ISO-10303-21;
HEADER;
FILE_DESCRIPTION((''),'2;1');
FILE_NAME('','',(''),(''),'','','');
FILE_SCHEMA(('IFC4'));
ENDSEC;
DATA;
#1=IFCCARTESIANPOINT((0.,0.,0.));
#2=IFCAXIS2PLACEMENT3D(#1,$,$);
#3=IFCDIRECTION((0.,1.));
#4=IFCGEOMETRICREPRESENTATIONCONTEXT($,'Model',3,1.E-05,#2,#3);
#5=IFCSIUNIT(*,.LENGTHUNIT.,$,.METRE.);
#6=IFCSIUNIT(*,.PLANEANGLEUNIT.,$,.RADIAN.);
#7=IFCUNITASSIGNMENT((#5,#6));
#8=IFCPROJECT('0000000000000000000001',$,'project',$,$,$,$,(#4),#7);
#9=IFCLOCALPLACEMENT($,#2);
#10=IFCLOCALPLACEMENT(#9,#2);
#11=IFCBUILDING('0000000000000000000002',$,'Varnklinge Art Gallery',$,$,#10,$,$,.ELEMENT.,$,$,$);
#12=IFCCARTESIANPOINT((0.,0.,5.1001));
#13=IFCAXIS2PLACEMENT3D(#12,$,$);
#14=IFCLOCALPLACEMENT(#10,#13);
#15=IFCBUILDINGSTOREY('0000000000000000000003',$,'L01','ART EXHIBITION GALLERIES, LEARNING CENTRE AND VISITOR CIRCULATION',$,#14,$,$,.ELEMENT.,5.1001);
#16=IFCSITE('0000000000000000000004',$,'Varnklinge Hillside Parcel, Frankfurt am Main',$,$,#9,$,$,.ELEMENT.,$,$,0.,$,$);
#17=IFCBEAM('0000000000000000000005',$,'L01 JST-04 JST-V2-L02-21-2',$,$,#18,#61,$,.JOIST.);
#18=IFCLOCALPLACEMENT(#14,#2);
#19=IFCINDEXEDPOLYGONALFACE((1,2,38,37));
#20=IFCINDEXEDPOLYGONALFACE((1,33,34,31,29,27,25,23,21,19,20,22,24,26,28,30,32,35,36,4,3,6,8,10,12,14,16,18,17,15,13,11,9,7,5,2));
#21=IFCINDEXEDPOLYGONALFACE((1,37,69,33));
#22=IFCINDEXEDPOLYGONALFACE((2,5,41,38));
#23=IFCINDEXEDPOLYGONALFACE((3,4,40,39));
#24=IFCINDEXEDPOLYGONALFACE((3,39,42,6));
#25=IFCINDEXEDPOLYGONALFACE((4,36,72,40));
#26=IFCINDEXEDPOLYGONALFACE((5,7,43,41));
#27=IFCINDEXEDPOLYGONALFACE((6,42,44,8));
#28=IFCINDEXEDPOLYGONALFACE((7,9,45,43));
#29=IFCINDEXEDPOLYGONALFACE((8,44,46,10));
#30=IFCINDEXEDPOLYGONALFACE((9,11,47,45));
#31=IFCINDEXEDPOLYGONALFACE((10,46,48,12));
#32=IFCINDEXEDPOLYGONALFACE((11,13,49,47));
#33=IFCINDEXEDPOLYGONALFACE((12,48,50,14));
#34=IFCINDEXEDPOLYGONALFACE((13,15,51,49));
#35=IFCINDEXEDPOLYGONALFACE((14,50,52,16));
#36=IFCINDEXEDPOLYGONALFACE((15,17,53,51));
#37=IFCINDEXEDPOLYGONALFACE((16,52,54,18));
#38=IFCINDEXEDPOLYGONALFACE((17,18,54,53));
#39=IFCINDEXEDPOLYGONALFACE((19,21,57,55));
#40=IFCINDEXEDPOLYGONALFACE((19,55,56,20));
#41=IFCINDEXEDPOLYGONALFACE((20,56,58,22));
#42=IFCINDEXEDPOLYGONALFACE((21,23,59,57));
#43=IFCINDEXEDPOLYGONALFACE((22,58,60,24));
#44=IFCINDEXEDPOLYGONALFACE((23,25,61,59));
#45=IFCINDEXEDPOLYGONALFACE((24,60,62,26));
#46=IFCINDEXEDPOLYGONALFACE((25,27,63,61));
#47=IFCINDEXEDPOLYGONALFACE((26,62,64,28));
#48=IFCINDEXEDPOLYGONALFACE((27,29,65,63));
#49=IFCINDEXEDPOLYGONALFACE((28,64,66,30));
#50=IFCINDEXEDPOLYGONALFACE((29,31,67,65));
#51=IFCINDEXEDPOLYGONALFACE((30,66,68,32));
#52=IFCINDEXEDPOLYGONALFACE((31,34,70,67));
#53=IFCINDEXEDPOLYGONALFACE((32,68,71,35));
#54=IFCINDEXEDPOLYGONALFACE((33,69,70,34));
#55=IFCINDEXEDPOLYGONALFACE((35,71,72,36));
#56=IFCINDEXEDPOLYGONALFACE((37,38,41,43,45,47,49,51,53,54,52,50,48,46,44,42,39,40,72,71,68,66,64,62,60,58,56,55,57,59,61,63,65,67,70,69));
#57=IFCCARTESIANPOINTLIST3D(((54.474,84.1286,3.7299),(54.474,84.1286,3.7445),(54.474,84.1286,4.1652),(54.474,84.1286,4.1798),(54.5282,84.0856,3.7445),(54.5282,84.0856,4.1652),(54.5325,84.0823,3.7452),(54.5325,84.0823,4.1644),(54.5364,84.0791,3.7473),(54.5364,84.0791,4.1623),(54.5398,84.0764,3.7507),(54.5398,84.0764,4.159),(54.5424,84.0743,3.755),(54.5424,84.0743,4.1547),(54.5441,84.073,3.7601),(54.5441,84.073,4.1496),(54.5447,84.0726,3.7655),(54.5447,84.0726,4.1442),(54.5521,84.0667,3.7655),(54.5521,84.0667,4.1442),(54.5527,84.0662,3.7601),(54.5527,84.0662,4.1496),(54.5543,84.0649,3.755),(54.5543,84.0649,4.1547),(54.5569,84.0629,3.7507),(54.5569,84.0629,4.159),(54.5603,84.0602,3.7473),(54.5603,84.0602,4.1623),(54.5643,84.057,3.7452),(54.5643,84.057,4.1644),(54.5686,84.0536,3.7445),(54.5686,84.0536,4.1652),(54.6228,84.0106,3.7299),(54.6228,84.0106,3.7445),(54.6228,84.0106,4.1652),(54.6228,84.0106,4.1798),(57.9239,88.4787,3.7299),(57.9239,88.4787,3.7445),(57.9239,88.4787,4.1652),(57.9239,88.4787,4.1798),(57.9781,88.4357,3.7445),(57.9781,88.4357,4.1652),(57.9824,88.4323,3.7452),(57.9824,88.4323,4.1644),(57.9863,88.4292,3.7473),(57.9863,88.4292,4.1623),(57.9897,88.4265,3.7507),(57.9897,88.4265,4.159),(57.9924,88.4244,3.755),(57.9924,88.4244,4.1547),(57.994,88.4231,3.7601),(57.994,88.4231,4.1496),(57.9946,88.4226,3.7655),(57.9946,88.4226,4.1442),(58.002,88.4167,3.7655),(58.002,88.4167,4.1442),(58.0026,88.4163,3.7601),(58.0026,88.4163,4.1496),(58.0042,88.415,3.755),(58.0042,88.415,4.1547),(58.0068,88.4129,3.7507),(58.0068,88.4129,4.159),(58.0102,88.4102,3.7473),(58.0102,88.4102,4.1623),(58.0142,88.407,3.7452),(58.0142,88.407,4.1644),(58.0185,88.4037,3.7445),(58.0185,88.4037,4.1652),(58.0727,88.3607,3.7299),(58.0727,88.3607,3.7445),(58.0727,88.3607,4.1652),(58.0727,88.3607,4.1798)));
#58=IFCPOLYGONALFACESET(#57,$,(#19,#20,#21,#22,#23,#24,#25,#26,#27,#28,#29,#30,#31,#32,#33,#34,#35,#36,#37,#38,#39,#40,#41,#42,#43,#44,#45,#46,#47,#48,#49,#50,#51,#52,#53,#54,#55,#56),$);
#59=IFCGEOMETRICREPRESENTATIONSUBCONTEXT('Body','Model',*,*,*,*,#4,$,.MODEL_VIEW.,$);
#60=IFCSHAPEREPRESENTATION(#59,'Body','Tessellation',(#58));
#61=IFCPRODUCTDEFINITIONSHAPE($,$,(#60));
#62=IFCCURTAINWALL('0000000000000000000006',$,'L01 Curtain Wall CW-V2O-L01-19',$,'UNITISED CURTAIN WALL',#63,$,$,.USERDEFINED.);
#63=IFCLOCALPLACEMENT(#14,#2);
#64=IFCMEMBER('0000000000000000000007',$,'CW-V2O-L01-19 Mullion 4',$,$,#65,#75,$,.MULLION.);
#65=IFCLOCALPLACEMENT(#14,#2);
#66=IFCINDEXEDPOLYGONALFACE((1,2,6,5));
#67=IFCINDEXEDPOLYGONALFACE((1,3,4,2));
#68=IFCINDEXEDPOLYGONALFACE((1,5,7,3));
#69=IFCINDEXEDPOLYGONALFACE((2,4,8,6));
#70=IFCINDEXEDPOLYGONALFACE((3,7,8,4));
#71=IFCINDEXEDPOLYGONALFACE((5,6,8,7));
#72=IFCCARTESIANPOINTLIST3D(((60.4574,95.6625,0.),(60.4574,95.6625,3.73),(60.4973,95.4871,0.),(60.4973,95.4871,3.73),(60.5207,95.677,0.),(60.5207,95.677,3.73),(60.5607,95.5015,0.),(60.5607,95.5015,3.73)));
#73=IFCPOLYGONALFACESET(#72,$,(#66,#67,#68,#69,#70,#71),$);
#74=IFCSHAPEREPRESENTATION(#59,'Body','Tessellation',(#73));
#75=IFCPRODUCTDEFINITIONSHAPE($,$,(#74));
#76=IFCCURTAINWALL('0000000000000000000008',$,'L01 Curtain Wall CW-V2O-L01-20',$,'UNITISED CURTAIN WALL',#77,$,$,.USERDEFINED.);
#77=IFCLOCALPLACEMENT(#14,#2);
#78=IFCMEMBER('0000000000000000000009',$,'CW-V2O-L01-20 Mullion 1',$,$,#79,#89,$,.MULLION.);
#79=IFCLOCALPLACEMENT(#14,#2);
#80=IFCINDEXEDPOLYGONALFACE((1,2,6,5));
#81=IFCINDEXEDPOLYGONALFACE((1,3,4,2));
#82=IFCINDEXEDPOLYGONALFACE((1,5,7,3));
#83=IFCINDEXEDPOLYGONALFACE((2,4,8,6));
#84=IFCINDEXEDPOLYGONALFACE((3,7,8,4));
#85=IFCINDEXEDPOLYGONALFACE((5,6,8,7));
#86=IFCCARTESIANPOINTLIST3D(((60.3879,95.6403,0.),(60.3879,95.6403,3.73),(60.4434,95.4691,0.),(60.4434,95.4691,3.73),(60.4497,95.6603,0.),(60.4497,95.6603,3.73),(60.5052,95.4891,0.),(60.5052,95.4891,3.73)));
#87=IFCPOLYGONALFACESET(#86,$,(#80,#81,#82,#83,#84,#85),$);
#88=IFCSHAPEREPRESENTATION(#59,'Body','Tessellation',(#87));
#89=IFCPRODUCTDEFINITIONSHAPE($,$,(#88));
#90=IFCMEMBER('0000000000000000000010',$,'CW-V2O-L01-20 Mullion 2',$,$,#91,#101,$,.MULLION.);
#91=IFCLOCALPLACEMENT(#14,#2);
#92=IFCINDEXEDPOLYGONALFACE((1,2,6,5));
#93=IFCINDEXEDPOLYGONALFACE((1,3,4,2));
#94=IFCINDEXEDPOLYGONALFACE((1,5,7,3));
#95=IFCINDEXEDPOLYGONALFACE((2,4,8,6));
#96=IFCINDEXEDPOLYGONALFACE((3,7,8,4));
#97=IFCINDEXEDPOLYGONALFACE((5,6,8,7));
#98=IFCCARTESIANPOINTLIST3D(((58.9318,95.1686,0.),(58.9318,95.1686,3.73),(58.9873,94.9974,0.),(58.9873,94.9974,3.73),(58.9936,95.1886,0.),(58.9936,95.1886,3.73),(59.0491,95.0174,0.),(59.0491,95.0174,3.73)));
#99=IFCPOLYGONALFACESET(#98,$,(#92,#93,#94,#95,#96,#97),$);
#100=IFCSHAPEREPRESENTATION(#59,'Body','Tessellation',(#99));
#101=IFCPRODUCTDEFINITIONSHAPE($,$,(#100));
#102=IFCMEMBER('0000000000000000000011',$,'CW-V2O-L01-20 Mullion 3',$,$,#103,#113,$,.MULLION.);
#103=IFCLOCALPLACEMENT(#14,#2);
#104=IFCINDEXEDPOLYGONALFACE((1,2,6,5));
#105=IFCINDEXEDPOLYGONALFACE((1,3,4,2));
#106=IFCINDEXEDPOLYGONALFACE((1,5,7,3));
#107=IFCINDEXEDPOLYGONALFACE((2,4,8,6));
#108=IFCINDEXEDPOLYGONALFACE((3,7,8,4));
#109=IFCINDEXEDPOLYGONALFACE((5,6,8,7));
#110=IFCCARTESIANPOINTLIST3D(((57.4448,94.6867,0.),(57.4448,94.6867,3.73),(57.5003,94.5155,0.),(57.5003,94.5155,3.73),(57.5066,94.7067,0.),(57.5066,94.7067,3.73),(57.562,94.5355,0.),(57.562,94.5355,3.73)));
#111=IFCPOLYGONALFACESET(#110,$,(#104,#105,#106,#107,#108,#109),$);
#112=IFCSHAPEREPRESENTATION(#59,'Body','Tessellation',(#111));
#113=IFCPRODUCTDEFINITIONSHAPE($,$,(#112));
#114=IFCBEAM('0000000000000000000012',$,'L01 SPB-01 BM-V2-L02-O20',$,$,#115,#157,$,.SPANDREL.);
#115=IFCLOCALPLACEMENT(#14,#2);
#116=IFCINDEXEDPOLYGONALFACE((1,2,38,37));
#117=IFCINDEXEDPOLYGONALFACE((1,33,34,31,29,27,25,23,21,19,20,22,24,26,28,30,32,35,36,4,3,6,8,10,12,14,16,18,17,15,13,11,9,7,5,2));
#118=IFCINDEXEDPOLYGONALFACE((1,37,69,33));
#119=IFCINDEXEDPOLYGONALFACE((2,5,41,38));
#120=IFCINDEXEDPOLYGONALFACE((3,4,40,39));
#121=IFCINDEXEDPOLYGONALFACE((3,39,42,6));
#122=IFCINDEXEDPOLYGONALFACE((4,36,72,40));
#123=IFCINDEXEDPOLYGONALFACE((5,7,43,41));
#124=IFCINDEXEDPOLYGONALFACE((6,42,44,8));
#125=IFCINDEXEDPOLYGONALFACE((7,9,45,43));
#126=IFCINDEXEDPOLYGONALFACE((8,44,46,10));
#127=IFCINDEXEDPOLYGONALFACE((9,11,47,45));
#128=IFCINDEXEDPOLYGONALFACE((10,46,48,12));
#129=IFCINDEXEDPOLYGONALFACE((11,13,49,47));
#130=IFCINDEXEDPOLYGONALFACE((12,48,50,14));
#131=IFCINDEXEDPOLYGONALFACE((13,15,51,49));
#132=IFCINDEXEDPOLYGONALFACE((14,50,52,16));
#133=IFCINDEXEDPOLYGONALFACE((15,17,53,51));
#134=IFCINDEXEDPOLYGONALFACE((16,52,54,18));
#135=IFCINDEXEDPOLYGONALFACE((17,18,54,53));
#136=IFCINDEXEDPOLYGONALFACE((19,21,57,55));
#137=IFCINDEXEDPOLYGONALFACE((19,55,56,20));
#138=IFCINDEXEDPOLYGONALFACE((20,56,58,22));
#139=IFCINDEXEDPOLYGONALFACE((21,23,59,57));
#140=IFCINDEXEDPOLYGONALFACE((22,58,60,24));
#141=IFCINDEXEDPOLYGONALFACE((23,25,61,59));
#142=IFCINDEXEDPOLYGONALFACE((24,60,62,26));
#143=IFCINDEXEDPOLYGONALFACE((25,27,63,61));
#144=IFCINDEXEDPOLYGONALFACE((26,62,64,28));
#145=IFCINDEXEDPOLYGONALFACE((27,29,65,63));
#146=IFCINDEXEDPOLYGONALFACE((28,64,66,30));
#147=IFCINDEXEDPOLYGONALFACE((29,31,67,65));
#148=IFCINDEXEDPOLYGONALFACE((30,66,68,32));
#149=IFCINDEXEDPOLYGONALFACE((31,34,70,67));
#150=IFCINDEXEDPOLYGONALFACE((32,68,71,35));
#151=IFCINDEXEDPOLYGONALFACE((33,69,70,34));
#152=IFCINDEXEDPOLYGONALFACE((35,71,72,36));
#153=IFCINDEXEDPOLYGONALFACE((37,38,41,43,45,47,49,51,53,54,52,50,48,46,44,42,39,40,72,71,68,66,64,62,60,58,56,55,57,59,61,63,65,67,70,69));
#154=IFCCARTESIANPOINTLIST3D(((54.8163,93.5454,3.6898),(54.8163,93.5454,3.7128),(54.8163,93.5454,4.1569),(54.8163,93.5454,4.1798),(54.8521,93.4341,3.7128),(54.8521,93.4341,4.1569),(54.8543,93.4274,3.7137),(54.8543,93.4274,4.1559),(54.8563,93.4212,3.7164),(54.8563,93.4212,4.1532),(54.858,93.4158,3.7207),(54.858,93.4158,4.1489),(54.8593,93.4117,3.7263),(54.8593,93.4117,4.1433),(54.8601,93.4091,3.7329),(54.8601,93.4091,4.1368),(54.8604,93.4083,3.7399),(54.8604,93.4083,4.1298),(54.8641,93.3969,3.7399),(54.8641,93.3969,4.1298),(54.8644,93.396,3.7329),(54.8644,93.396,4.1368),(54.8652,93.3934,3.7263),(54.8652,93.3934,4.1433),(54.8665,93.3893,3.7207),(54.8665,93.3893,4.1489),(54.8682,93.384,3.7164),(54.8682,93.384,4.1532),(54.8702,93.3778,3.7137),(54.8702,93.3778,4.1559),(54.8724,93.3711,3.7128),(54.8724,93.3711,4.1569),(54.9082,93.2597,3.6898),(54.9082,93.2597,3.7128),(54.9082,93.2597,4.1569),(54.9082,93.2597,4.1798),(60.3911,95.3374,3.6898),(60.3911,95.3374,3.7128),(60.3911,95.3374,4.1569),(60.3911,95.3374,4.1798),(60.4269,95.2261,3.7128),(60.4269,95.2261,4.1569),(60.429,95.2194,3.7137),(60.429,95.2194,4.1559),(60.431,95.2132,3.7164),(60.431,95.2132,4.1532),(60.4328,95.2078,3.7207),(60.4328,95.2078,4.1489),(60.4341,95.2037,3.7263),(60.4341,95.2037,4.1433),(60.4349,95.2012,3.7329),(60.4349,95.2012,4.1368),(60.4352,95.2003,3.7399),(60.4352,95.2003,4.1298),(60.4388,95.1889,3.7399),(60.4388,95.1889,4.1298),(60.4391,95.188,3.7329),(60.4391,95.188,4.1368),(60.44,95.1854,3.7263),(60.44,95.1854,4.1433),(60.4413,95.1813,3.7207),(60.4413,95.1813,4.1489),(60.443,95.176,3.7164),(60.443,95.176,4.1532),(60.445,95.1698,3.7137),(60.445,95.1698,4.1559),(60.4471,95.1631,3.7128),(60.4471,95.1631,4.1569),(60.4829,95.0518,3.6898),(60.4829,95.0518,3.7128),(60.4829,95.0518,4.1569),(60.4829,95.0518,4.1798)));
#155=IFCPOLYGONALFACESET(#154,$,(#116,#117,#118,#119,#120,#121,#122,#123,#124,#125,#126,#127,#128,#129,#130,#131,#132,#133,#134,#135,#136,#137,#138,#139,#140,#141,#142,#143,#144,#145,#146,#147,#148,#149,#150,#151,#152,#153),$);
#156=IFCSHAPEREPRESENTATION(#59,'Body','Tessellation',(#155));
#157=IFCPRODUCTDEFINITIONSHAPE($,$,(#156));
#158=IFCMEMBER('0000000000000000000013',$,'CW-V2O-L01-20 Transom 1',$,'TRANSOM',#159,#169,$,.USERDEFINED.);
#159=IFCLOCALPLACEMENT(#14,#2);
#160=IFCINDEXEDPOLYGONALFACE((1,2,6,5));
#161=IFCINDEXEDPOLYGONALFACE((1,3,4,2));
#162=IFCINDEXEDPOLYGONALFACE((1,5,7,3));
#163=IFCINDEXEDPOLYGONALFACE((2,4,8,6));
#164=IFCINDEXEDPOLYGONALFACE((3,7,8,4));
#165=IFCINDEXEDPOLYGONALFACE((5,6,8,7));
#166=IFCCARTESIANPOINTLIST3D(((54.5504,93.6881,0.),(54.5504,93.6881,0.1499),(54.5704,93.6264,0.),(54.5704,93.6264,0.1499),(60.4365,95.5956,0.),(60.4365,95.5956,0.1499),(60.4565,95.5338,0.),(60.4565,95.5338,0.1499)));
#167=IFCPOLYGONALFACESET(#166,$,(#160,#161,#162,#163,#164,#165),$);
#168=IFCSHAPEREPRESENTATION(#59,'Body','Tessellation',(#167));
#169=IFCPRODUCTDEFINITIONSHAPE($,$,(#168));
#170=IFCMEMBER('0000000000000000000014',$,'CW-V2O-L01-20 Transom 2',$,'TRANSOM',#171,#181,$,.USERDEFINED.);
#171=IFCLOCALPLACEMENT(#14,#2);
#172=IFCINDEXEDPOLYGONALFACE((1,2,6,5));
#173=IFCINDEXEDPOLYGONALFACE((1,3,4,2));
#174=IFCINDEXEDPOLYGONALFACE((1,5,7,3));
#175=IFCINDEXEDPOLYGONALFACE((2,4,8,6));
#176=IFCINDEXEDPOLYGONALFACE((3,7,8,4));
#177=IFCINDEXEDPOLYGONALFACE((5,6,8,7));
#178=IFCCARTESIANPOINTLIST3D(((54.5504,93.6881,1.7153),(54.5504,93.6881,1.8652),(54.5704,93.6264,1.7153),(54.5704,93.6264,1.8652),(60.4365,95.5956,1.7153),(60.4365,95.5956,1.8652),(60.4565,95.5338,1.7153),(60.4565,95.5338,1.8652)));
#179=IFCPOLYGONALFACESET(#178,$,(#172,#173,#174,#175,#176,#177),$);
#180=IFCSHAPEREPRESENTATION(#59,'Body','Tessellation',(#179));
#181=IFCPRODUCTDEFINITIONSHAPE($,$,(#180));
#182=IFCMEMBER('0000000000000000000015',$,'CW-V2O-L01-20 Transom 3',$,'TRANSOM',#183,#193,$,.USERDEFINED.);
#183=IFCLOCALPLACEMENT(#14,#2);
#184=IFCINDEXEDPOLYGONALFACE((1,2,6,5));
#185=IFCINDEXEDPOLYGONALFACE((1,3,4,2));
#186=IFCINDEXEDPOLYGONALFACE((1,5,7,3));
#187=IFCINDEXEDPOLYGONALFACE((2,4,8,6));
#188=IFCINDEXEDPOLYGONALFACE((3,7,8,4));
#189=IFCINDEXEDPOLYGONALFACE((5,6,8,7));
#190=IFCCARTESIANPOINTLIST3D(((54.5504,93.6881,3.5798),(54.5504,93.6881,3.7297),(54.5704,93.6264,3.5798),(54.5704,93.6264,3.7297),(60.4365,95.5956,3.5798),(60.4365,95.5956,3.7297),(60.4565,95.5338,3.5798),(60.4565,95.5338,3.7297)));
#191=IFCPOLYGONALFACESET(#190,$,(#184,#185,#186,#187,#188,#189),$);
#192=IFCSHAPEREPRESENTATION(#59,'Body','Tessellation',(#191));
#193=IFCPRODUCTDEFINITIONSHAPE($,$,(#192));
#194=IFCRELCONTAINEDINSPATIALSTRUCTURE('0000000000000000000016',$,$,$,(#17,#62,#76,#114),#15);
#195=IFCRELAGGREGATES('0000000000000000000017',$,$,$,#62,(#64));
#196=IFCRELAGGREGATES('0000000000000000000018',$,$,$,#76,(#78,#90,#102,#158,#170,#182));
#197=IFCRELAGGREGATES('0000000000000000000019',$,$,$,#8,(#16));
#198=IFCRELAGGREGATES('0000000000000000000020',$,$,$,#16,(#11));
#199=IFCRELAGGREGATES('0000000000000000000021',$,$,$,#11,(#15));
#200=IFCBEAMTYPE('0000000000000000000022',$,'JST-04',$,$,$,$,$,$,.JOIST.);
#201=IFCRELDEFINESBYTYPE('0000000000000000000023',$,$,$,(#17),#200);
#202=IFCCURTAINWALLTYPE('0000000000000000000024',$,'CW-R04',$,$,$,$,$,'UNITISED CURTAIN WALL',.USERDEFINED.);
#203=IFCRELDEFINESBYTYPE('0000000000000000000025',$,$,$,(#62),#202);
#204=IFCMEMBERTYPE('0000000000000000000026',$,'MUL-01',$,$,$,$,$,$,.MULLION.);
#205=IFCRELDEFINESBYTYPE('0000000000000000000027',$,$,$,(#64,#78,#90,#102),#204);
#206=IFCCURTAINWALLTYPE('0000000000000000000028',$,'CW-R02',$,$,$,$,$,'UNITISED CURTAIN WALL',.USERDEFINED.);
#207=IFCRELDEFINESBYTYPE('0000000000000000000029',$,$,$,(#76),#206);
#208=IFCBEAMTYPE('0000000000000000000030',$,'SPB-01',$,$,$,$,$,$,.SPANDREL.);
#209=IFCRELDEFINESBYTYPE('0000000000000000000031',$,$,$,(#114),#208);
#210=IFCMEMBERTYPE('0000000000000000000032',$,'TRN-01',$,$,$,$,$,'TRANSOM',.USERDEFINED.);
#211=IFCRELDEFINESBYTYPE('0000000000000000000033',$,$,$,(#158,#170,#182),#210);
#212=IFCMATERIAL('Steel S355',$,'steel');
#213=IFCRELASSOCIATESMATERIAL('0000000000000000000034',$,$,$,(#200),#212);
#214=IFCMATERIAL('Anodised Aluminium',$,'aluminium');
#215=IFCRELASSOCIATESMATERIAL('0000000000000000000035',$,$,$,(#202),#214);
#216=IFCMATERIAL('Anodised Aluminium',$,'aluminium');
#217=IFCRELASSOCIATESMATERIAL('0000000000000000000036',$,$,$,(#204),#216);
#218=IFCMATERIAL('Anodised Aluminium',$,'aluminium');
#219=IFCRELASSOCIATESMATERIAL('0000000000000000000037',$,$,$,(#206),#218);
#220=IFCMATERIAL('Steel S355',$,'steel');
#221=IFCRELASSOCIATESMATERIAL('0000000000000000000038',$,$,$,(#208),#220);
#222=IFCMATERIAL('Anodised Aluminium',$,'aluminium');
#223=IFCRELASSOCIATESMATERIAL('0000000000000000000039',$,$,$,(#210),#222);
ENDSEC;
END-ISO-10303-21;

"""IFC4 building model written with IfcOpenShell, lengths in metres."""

from ifc_helpers import new_model, si_unit, direction, frame, origin, origin_2d, place, context, subcontext, project, spatial, rectangle, i_section, extrude, material, material_profile, profile_set, type_object, element, aggregate, save


model = new_model("IFC4")

# Units and contexts
model_context = context("Model", 3, precision=1e-05, world=origin(), true_north=direction((0.0, 1.0)))
body_context = subcontext(model_context, "Body", "Model", "MODEL_VIEW")
ifc_project = project(units=[si_unit("LENGTHUNIT", "METRE"), si_unit("PLANEANGLEUNIT", "RADIAN")], contexts=[model_context])

# Site, building, storey
site_placement = place(None, origin())
site = spatial("IfcSite", under=ifc_project, at=site_placement, Name="Varnklinge Hillside Parcel, Frankfurt am Main", CompositionType="ELEMENT", RefElevation=0.0)
building_placement = place(site_placement, origin())
building = spatial("IfcBuilding", under=site, at=building_placement, Name="Varnklinge Art Gallery", CompositionType="ELEMENT")
storey_placement = place(building_placement, frame((0.0, 0.0, 5.1001)))
storey = spatial("IfcBuildingStorey", under=building, at=storey_placement, Name="L01", Description="ART EXHIBITION GALLERIES, LEARNING CENTRE AND VISITOR CIRCULATION", CompositionType="ELEMENT", Elevation=5.1001)

# Beam
ifc_material_1 = material(Name="Steel S355", Category="steel")
ifc_material_profile_1 = material_profile(ifc_material_1, i_section(OverallWidth=0.1899, OverallDepth=0.45, WebThickness=0.0095, FlangeThickness=0.0146, FilletRadius=0.021, at=origin_2d()), Name="IPE 450")
ifc_profile_set_1 = profile_set([ifc_material_profile_1], Name="Steel S355")
beam_type_1 = type_object("IfcBeamType", Name="JST-04", PredefinedType="JOIST", material=ifc_profile_set_1)
beam_1_placement = place(storey_placement, frame((57.9983, 88.4197, 3.9548), z_axis=(-0.621381, -0.783509, 0.0), x_axis=(0.783509, -0.621381, 0.0)))
element("IfcBeam", 1, at=beam_1_placement, inside=storey, type_object=beam_type_1, Name="L01 JST-04 JST-V2-L02-21-2", PredefinedType="JOIST", context=body_context, shape_type="SweptSolid", body=[
    extrude(i_section(OverallWidth=0.1899, OverallDepth=0.45, WebThickness=0.0095, FlangeThickness=0.0146, FilletRadius=0.021, at=origin_2d()), origin(), (0.0, 0.0, 1.0), 5.552),
])

# Curtain wall, member
ifc_material_2 = material(Name="Anodised Aluminium", Category="aluminium")
curtain_wall_type_1 = type_object("IfcCurtainWallType", Name="CW-R04", ElementType="UNITISED CURTAIN WALL", PredefinedType="USERDEFINED", material=ifc_material_2)
curtain_wall_1_placement = place(storey_placement, origin())
curtain_wall_1 = element("IfcCurtainWall", 2, at=curtain_wall_1_placement, inside=storey, type_object=curtain_wall_type_1, Name="L01 Curtain Wall CW-V2O-L01-19", ObjectType="UNITISED CURTAIN WALL", PredefinedType="USERDEFINED")
ifc_material_3 = material(Name="Anodised Aluminium", Category="aluminium")
ifc_material_profile_2 = material_profile(ifc_material_3, rectangle(XDim=0.0649, YDim=0.1799, at=origin_2d()), Name="ALU 65x180")
ifc_profile_set_2 = profile_set([ifc_material_profile_2], Name="Anodised Aluminium")
member_type_1 = type_object("IfcMemberType", Name="MUL-01", PredefinedType="MULLION", material=ifc_profile_set_2)
member_1_placement = place(storey_placement, frame((60.509, 95.582, 0.0), z_axis=(0.0, 0.0, 1.0), x_axis=(-0.975072, -0.221889, 0.0)))
member_1 = element("IfcMember", 3, at=member_1_placement, type_object=member_type_1, Name="CW-V2O-L01-19 Mullion 4", PredefinedType="MULLION", context=body_context, shape_type="SweptSolid", body=[
    extrude(rectangle(XDim=0.0649, YDim=0.1799, at=origin_2d()), origin(), (0.0, 0.0, 1.0), 3.73),
])

# Curtain wall, members
ifc_material_4 = material(Name="Anodised Aluminium", Category="aluminium")
curtain_wall_type_2 = type_object("IfcCurtainWallType", Name="CW-R02", ElementType="UNITISED CURTAIN WALL", PredefinedType="USERDEFINED", material=ifc_material_4)
curtain_wall_2_placement = place(storey_placement, origin())
curtain_wall_2 = element("IfcCurtainWall", 4, at=curtain_wall_2_placement, inside=storey, type_object=curtain_wall_type_2, Name="L01 Curtain Wall CW-V2O-L01-20", ObjectType="UNITISED CURTAIN WALL", PredefinedType="USERDEFINED")
member_2_placement = place(storey_placement, frame((60.4465, 95.5647, 0.0), z_axis=(0.0, 0.0, 1.0), x_axis=(-0.951272, -0.308353, 0.0)))
member_2 = element("IfcMember", 5, at=member_2_placement, type_object=member_type_1, Name="CW-V2O-L01-20 Mullion 1", PredefinedType="MULLION", context=body_context, shape_type="SweptSolid", body=[
    extrude(rectangle(XDim=0.0649, YDim=0.1799, at=origin_2d()), origin(), (0.0, 0.0, 1.0), 3.73),
])
member_3_placement = place(storey_placement, frame((58.9905, 95.093, 0.0), z_axis=(0.0, 0.0, 1.0), x_axis=(-0.951272, -0.308353, 0.0)))
member_3 = element("IfcMember", 6, at=member_3_placement, type_object=member_type_1, Name="CW-V2O-L01-20 Mullion 2", PredefinedType="MULLION", context=body_context, shape_type="SweptSolid", body=[
    extrude(rectangle(XDim=0.0649, YDim=0.1799, at=origin_2d()), origin(), (0.0, 0.0, 1.0), 3.73),
])
member_4_placement = place(storey_placement, frame((57.5034, 94.6111, 0.0), z_axis=(0.0, 0.0, 1.0), x_axis=(-0.951272, -0.308353, 0.0)))
member_4 = element("IfcMember", 7, at=member_4_placement, type_object=member_type_1, Name="CW-V2O-L01-20 Mullion 3", PredefinedType="MULLION", context=body_context, shape_type="SweptSolid", body=[
    extrude(rectangle(XDim=0.0649, YDim=0.1799, at=origin_2d()), origin(), (0.0, 0.0, 1.0), 3.73),
])

# Beam
ifc_material_5 = material(Name="Steel S355", Category="steel")
ifc_material_profile_3 = material_profile(ifc_material_5, i_section(OverallWidth=0.3, OverallDepth=0.49, WebThickness=0.012, FlangeThickness=0.0229, FilletRadius=0.0271, at=origin_2d()), Name="HEA 500")
ifc_profile_set_3 = profile_set([ifc_material_profile_3], Name="Steel S355")
beam_type_2 = type_object("IfcBeamType", Name="SPB-01", PredefinedType="SPANDREL", material=ifc_profile_set_3)
beam_2_placement = place(storey_placement, frame((60.437, 95.1946, 3.9348), z_axis=(-0.952022, -0.306028, 0.0), x_axis=(0.306028, -0.952022, 0.0)))
element("IfcBeam", 8, at=beam_2_placement, inside=storey, type_object=beam_type_2, Name="L01 SPB-01 BM-V2-L02-O20", PredefinedType="SPANDREL", context=body_context, shape_type="SweptSolid", body=[
    extrude(i_section(OverallWidth=0.3, OverallDepth=0.49, WebThickness=0.012, FlangeThickness=0.0229, FilletRadius=0.0271, at=origin_2d()), origin(), (0.0, 0.0, 1.0), 5.8557),
])

# Members
ifc_material_6 = material(Name="Anodised Aluminium", Category="aluminium")
ifc_material_profile_4 = material_profile(ifc_material_6, rectangle(XDim=0.0649, YDim=0.1499, at=origin_2d()), Name="ALU 65x150")
ifc_profile_set_4 = profile_set([ifc_material_profile_4], Name="Anodised Aluminium")
member_type_2 = type_object("IfcMemberType", Name="TRN-01", ElementType="TRANSOM", PredefinedType="USERDEFINED", material=ifc_profile_set_4)
member_5_placement = place(storey_placement, frame((60.4465, 95.5647, 0.075), z_axis=(-0.951298, -0.308274, 0.0), x_axis=(0.308274, -0.951298, 0.0)))
member_5 = element("IfcMember", 9, at=member_5_placement, type_object=member_type_2, Name="CW-V2O-L01-20 Transom 1", ObjectType="TRANSOM", PredefinedType="USERDEFINED", context=body_context, shape_type="SweptSolid", body=[
    extrude(rectangle(XDim=0.0649, YDim=0.1499, at=origin_2d()), origin(), (0.0, 0.0, 1.0), 6.1875),
])
member_6_placement = place(storey_placement, frame((60.4465, 95.5647, 1.7903), z_axis=(-0.951298, -0.308274, 0.0), x_axis=(0.308274, -0.951298, 0.0)))
member_6 = element("IfcMember", 10, at=member_6_placement, type_object=member_type_2, Name="CW-V2O-L01-20 Transom 2", ObjectType="TRANSOM", PredefinedType="USERDEFINED", context=body_context, shape_type="SweptSolid", body=[
    extrude(rectangle(XDim=0.0649, YDim=0.1499, at=origin_2d()), origin(), (0.0, 0.0, 1.0), 6.1875),
])
member_7_placement = place(storey_placement, frame((60.4465, 95.5647, 3.6548), z_axis=(-0.951298, -0.308274, 0.0), x_axis=(0.308274, -0.951298, 0.0)))
member_7 = element("IfcMember", 11, at=member_7_placement, type_object=member_type_2, Name="CW-V2O-L01-20 Transom 3", ObjectType="TRANSOM", PredefinedType="USERDEFINED", context=body_context, shape_type="SweptSolid", body=[
    extrude(rectangle(XDim=0.0649, YDim=0.1499, at=origin_2d()), origin(), (0.0, 0.0, 1.0), 6.1875),
])

aggregate(curtain_wall_1, [member_1])
aggregate(curtain_wall_2, [member_2, member_3, member_4, member_5, member_6, member_7])

save(model, "model.ifc")
